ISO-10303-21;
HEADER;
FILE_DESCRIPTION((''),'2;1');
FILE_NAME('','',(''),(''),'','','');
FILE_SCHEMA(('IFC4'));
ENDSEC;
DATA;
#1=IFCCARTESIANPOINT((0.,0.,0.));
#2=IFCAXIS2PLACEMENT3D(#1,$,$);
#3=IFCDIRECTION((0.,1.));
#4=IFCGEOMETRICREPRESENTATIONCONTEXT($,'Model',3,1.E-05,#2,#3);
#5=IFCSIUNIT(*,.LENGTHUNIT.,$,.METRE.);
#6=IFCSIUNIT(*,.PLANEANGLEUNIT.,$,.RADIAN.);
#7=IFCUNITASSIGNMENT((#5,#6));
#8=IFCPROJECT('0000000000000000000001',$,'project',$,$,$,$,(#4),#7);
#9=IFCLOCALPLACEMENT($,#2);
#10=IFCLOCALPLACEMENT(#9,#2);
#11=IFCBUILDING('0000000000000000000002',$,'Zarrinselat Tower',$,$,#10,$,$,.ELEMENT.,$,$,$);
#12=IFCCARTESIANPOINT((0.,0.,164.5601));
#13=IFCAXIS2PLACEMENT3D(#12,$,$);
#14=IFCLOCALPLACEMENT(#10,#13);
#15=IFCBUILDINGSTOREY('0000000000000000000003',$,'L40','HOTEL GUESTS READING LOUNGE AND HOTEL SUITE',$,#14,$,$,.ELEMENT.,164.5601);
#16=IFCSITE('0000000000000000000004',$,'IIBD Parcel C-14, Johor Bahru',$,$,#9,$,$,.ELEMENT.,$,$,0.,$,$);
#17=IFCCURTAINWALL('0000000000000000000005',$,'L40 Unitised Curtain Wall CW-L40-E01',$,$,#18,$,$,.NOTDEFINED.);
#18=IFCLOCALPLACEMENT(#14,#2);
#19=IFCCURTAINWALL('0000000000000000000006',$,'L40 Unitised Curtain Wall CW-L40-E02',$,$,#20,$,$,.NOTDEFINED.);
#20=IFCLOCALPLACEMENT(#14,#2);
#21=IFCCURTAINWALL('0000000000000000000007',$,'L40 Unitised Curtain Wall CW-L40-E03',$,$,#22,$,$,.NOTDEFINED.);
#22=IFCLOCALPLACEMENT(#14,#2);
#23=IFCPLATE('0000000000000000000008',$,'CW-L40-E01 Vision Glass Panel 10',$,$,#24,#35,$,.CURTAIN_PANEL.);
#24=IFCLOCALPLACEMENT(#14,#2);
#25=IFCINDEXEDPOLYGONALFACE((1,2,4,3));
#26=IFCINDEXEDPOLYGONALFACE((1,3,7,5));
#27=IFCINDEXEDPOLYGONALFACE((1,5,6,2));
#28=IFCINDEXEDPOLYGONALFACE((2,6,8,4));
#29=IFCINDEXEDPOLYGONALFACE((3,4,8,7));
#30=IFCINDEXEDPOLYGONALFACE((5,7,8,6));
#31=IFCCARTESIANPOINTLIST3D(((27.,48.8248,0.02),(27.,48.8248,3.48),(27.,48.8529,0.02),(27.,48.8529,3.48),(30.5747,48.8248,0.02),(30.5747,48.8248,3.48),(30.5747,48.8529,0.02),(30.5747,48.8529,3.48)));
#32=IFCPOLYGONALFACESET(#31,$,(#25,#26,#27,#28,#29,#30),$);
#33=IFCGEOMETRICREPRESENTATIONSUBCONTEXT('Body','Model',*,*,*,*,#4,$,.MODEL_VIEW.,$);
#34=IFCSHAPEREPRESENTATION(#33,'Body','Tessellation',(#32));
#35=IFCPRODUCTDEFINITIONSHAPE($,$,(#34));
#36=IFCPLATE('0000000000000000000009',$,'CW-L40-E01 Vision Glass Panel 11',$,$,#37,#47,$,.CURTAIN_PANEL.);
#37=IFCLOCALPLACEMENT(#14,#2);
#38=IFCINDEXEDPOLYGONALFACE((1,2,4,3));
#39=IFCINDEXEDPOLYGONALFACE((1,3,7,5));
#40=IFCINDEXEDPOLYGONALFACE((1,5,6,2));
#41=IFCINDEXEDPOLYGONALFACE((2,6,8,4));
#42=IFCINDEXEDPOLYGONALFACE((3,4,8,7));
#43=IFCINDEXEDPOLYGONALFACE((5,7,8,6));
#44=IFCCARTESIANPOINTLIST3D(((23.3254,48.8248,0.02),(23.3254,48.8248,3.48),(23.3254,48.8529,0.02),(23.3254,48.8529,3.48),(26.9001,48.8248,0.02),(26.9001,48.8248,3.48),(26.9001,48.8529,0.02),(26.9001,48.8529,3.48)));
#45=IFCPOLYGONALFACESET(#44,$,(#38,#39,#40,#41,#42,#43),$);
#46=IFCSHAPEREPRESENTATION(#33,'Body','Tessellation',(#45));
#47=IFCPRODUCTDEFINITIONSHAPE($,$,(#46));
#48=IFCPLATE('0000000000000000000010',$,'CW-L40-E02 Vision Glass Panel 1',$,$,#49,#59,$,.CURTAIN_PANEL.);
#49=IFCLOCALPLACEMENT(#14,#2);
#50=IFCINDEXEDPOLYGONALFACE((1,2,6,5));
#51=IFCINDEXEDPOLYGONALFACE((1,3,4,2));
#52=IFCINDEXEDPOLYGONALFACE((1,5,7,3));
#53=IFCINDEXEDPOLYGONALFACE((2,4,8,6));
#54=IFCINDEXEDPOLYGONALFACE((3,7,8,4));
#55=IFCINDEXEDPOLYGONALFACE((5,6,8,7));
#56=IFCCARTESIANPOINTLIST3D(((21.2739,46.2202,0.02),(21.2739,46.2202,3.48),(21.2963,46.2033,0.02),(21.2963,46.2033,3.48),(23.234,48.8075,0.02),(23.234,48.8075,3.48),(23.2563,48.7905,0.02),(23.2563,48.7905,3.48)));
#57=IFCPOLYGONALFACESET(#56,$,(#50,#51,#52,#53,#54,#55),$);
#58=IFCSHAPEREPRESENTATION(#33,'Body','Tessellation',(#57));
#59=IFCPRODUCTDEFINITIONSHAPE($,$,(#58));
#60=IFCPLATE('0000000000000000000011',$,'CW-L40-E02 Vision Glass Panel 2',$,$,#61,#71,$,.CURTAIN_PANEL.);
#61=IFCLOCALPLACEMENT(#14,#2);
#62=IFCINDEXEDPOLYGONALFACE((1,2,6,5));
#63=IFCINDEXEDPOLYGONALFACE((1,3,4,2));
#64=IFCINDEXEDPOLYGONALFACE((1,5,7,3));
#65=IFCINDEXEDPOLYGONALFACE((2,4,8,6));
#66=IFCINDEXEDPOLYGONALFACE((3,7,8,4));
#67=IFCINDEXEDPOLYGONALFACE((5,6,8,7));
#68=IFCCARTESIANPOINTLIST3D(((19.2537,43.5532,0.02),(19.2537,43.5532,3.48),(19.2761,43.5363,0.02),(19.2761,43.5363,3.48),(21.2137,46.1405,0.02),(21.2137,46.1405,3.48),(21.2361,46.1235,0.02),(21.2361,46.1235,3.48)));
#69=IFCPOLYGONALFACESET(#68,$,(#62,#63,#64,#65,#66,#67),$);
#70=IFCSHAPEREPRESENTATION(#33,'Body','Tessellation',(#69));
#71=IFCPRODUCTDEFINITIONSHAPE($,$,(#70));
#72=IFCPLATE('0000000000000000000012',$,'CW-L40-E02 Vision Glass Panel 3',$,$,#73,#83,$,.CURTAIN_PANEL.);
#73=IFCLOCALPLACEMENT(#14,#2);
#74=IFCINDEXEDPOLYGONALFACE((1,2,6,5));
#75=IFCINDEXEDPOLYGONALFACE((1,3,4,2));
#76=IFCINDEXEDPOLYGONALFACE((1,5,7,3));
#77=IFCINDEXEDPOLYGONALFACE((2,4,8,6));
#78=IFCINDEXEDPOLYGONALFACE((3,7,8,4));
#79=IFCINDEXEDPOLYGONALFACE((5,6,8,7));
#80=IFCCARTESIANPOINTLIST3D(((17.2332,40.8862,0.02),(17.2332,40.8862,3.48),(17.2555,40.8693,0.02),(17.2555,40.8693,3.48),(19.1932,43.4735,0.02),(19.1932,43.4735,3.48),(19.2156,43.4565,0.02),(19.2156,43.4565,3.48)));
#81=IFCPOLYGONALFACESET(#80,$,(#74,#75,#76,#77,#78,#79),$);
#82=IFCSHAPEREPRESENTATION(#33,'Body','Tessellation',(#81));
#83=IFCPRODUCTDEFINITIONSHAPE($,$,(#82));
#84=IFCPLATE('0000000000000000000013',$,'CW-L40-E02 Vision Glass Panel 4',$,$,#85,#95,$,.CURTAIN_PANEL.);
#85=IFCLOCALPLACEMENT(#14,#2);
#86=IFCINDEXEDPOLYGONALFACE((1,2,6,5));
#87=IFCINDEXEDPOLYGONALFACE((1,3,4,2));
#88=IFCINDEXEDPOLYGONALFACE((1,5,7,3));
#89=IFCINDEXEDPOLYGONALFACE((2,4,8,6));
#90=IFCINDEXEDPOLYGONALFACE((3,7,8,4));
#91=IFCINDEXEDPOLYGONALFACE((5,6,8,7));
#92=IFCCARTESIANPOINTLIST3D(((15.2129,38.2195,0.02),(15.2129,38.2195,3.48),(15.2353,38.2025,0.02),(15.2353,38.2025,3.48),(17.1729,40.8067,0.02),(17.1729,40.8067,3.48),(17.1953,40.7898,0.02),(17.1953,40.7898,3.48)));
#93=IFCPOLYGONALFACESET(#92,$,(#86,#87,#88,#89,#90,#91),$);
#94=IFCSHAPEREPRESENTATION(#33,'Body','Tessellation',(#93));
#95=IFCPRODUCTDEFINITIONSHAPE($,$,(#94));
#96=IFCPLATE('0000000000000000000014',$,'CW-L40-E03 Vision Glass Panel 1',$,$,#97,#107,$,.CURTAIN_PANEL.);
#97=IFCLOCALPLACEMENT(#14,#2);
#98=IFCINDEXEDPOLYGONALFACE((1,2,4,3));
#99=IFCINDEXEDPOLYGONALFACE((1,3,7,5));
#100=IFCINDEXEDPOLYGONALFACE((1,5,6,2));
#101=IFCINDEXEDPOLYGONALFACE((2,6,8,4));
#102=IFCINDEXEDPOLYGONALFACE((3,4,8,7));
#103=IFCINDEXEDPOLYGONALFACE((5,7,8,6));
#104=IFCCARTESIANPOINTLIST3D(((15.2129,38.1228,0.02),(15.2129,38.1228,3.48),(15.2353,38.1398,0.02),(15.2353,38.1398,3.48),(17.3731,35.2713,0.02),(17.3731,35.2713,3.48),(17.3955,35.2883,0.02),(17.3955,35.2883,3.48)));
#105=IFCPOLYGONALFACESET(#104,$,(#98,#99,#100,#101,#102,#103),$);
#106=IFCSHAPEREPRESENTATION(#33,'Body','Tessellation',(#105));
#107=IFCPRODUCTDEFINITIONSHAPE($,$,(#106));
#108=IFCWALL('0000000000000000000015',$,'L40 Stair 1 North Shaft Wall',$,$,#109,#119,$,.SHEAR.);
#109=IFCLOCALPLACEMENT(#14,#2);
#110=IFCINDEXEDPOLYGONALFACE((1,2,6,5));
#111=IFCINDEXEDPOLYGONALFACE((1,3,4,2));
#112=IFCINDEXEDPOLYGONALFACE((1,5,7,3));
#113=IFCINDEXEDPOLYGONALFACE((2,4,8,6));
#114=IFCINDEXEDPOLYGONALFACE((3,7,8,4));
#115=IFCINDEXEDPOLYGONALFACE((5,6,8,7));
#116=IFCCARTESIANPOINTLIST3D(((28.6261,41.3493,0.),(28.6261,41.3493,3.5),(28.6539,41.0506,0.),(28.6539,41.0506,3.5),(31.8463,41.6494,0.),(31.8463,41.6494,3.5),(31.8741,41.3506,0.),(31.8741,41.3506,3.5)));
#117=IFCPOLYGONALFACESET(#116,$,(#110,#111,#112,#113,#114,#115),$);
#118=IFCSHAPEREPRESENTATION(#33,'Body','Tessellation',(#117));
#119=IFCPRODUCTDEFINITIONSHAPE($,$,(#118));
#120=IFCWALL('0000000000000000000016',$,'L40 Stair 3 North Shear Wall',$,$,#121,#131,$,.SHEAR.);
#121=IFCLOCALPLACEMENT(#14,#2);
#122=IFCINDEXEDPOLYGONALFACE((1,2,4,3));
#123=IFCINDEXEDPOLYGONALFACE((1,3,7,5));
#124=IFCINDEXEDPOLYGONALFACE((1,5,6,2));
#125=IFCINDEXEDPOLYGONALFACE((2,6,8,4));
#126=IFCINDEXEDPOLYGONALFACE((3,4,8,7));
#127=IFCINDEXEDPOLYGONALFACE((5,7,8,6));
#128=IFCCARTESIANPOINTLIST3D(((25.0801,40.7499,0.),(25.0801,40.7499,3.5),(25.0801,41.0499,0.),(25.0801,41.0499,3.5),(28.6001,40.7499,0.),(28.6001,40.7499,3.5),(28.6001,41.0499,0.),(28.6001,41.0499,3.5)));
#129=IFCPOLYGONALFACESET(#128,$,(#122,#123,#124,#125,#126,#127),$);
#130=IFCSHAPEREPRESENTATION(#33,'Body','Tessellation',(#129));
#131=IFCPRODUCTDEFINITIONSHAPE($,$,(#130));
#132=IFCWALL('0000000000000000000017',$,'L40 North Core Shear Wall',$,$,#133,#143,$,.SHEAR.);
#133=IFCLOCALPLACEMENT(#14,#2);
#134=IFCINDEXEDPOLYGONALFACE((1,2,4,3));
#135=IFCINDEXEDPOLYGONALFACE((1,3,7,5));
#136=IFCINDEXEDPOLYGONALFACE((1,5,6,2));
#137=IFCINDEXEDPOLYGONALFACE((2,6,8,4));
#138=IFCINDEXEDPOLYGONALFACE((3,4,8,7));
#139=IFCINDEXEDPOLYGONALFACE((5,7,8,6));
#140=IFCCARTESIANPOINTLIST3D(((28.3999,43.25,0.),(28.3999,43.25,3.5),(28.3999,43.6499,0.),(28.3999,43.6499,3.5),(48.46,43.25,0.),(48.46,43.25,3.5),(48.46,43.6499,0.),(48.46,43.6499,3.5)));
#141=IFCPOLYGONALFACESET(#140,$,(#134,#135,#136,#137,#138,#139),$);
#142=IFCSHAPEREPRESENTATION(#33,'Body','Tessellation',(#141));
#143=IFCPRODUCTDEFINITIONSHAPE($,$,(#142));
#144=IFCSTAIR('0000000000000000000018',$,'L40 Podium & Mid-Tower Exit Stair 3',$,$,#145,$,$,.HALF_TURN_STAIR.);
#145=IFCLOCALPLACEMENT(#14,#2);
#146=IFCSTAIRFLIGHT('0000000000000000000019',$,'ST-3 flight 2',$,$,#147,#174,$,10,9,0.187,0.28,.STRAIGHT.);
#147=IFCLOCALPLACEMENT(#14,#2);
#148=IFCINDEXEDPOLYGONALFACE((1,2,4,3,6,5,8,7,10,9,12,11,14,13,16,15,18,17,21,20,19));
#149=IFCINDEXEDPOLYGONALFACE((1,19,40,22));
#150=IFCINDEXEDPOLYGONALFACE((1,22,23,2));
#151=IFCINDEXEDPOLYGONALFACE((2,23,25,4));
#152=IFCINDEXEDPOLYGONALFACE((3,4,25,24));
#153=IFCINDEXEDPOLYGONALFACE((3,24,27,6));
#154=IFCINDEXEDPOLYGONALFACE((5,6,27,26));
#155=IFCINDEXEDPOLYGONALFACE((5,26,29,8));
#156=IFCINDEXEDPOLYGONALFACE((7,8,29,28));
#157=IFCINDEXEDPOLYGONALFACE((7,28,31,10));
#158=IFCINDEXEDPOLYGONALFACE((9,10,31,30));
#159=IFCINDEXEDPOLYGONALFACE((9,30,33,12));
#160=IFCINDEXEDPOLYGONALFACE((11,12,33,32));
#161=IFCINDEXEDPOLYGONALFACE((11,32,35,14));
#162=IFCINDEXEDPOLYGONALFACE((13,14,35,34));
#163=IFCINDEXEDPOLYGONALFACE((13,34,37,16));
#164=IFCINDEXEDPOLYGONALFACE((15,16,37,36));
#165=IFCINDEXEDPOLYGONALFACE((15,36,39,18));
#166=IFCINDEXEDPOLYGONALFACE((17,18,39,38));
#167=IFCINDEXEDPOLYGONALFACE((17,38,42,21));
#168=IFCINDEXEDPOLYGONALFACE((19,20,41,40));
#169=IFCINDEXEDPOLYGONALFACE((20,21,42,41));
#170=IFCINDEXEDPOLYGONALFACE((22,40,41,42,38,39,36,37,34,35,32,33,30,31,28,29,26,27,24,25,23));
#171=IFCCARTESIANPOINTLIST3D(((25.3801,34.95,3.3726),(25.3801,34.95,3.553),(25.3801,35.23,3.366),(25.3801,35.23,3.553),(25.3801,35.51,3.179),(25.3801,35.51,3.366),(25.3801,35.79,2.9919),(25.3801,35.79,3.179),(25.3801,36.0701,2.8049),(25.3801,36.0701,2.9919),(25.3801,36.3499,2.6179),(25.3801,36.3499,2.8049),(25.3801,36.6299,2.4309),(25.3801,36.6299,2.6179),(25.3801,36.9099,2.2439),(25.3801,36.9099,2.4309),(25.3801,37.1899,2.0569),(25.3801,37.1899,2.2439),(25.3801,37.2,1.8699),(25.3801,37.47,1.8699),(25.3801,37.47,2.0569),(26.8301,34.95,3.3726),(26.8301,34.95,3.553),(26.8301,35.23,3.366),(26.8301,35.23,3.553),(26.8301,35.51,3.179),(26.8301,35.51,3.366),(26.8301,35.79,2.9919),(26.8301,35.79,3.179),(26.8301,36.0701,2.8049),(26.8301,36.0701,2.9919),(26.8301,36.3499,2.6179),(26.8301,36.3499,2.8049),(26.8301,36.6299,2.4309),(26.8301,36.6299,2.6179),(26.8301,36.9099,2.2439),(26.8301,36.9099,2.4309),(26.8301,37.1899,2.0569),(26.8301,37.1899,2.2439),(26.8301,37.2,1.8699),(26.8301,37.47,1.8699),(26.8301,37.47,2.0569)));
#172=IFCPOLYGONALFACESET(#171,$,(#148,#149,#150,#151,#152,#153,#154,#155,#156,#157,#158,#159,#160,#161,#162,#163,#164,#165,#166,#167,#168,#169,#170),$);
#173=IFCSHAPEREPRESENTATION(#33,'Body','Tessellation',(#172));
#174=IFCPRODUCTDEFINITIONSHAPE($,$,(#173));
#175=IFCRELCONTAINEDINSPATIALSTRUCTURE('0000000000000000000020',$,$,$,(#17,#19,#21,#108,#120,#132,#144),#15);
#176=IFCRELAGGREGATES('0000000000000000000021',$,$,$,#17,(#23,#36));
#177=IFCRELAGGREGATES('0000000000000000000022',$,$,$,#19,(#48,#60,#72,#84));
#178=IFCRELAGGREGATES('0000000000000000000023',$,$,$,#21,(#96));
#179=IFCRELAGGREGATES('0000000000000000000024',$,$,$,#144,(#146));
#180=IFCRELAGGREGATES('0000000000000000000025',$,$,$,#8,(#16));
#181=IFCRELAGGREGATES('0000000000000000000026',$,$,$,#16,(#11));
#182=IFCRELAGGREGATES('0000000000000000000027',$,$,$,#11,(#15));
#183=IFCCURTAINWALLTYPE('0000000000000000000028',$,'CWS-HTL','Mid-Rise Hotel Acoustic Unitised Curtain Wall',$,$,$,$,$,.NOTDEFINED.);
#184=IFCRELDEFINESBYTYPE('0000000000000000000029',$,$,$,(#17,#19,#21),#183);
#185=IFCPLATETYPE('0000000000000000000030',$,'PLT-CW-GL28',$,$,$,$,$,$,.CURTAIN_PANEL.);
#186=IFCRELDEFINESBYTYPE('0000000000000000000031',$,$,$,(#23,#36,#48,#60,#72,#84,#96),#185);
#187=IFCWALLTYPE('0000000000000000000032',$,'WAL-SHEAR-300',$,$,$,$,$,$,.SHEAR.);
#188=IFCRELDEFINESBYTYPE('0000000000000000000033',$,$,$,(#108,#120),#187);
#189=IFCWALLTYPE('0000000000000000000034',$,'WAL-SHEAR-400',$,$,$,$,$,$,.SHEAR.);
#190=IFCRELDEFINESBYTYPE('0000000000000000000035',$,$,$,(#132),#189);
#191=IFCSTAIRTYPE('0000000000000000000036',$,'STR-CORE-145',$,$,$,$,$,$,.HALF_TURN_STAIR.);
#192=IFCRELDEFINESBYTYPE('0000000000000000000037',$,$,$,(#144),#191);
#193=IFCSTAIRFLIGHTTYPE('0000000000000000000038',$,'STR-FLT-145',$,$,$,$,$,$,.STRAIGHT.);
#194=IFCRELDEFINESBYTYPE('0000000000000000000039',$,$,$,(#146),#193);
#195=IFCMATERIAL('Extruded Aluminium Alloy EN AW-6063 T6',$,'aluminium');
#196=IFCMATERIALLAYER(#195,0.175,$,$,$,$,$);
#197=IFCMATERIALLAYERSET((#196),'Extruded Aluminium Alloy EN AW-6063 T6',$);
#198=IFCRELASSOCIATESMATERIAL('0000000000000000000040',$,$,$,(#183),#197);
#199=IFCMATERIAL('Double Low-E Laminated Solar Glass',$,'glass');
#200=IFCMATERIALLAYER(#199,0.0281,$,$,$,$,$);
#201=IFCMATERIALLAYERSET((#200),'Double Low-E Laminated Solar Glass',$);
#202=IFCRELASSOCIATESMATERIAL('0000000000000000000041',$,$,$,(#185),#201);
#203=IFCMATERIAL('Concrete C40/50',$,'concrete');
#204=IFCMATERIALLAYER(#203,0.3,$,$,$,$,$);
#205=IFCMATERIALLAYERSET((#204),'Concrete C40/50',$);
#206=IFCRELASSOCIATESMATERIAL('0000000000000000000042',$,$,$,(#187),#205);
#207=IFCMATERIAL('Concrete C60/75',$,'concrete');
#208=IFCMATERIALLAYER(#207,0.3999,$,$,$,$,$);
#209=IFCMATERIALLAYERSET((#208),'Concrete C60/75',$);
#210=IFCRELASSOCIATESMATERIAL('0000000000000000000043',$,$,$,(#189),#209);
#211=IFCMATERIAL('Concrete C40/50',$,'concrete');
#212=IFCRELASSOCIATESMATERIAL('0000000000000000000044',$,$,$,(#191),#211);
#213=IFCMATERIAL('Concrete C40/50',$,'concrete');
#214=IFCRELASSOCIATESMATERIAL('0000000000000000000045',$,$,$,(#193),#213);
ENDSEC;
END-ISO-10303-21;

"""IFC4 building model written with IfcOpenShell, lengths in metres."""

from ifc_helpers import new_model, si_unit, direction, frame, frame_2d, origin, origin_2d, place, context, subcontext, project, spatial, polyline, rectangle, outline, extrude, material, layer, layer_set, type_object, element, aggregate, save


model = new_model("IFC4")

# Units and contexts
model_context = context("Model", 3, precision=1e-05, world=origin(), true_north=direction((0.0, 1.0)))
body_context = subcontext(model_context, "Body", "Model", "MODEL_VIEW")
ifc_project = project(units=[si_unit("LENGTHUNIT", "METRE"), si_unit("PLANEANGLEUNIT", "RADIAN")], contexts=[model_context])

# Site, building, storey
site_placement = place(None, origin())
site = spatial("IfcSite", under=ifc_project, at=site_placement, Name="IIBD Parcel C-14, Johor Bahru", CompositionType="ELEMENT", RefElevation=0.0)
building_placement = place(site_placement, origin())
building = spatial("IfcBuilding", under=site, at=building_placement, Name="Zarrinselat Tower", CompositionType="ELEMENT")
storey_placement = place(building_placement, frame((0.0, 0.0, 164.5601)))
storey = spatial("IfcBuildingStorey", under=building, at=storey_placement, Name="L40", Description="HOTEL GUESTS READING LOUNGE AND HOTEL SUITE", CompositionType="ELEMENT", Elevation=164.5601)

# Curtain walls
ifc_material_1 = material(Name="Extruded Aluminium Alloy EN AW-6063 T6", Category="aluminium")
ifc_layer_1 = layer(ifc_material_1, 0.175)
ifc_layer_set_1 = layer_set([ifc_layer_1], Name="Extruded Aluminium Alloy EN AW-6063 T6")
curtain_wall_type = type_object("IfcCurtainWallType", Name="CWS-HTL", Description="Mid-Rise Hotel Acoustic Unitised Curtain Wall", PredefinedType="NOTDEFINED", material=ifc_layer_set_1)
curtain_wall_1_placement = place(storey_placement, origin())
curtain_wall_1 = element("IfcCurtainWall", 1, at=curtain_wall_1_placement, inside=storey, type_object=curtain_wall_type, Name="L40 Unitised Curtain Wall CW-L40-E01", PredefinedType="NOTDEFINED")
curtain_wall_2_placement = place(storey_placement, origin())
curtain_wall_2 = element("IfcCurtainWall", 2, at=curtain_wall_2_placement, inside=storey, type_object=curtain_wall_type, Name="L40 Unitised Curtain Wall CW-L40-E02", PredefinedType="NOTDEFINED")

# Curtain wall
curtain_wall_3_placement = place(storey_placement, origin())
curtain_wall_3 = element("IfcCurtainWall", 3, at=curtain_wall_3_placement, inside=storey, type_object=curtain_wall_type, Name="L40 Unitised Curtain Wall CW-L40-E03", PredefinedType="NOTDEFINED")

# Plates
ifc_material_2 = material(Name="Double Low-E Laminated Solar Glass", Category="glass")
ifc_layer_2 = layer(ifc_material_2, 0.0281)
ifc_layer_set_2 = layer_set([ifc_layer_2], Name="Double Low-E Laminated Solar Glass")
plate_type = type_object("IfcPlateType", Name="PLT-CW-GL28", PredefinedType="CURTAIN_PANEL", material=ifc_layer_set_2)
plate_1_placement = place(storey_placement, frame((28.7874, 48.8389, 0.02), z_axis=(0.0, 0.0, 1.0), x_axis=(-1.0, 0.0, 0.0)))
plate_1 = element("IfcPlate", 4, at=plate_1_placement, type_object=plate_type, Name="CW-L40-E01 Vision Glass Panel 10", PredefinedType="CURTAIN_PANEL", context=body_context, shape_type="SweptSolid", body=[
    extrude(rectangle(XDim=3.5747, YDim=0.0281, at=origin_2d()), origin(), (0.0, 0.0, 1.0), 3.46),
])
plate_2_placement = place(storey_placement, frame((25.1128, 48.8389, 0.02), z_axis=(0.0, 0.0, 1.0), x_axis=(-1.0, 0.0, 0.0)))
plate_2 = element("IfcPlate", 5, at=plate_2_placement, type_object=plate_type, Name="CW-L40-E01 Vision Glass Panel 11", PredefinedType="CURTAIN_PANEL", context=body_context, shape_type="SweptSolid", body=[
    extrude(rectangle(XDim=3.5747, YDim=0.0281, at=origin_2d()), origin(), (0.0, 0.0, 1.0), 3.46),
])
aggregate(curtain_wall_1, [plate_1, plate_2])
plate_3_placement = place(storey_placement, frame((22.2651, 47.5054, 0.02), z_axis=(0.0, 0.0, 1.0), x_axis=(-0.603855, -0.797095, 0.0)))
plate_3 = element("IfcPlate", 6, at=plate_3_placement, type_object=plate_type, Name="CW-L40-E02 Vision Glass Panel 1", PredefinedType="CURTAIN_PANEL", context=body_context, shape_type="SweptSolid", body=[
    extrude(rectangle(XDim=3.2458, YDim=0.0281, at=origin_2d()), origin(), (0.0, 0.0, 1.0), 3.46),
])
plate_4_placement = place(storey_placement, frame((20.2449, 44.8384, 0.02), z_axis=(0.0, 0.0, 1.0), x_axis=(-0.603855, -0.797095, 0.0)))
plate_4 = element("IfcPlate", 7, at=plate_4_placement, type_object=plate_type, Name="CW-L40-E02 Vision Glass Panel 2", PredefinedType="CURTAIN_PANEL", context=body_context, shape_type="SweptSolid", body=[
    extrude(rectangle(XDim=3.2458, YDim=0.0281, at=origin_2d()), origin(), (0.0, 0.0, 1.0), 3.46),
])
plate_5_placement = place(storey_placement, frame((18.2244, 42.1714, 0.02), z_axis=(0.0, 0.0, 1.0), x_axis=(-0.603855, -0.797095, 0.0)))
plate_5 = element("IfcPlate", 8, at=plate_5_placement, type_object=plate_type, Name="CW-L40-E02 Vision Glass Panel 3", PredefinedType="CURTAIN_PANEL", context=body_context, shape_type="SweptSolid", body=[
    extrude(rectangle(XDim=3.2458, YDim=0.0281, at=origin_2d()), origin(), (0.0, 0.0, 1.0), 3.46),
])
plate_6_placement = place(storey_placement, frame((16.2041, 39.5046, 0.02), z_axis=(0.0, 0.0, 1.0), x_axis=(-0.603855, -0.797095, 0.0)))
plate_6 = element("IfcPlate", 9, at=plate_6_placement, type_object=plate_type, Name="CW-L40-E02 Vision Glass Panel 4", PredefinedType="CURTAIN_PANEL", context=body_context, shape_type="SweptSolid", body=[
    extrude(rectangle(XDim=3.2458, YDim=0.0281, at=origin_2d()), origin(), (0.0, 0.0, 1.0), 3.46),
])
aggregate(curtain_wall_2, [plate_3, plate_4, plate_5, plate_6])
plate_7_placement = place(storey_placement, frame((16.3042, 36.7056, 0.02), z_axis=(0.0, 0.0, 1.0), x_axis=(0.603858, -0.797092, 0.0)))
plate_7 = element("IfcPlate", 10, at=plate_7_placement, type_object=plate_type, Name="CW-L40-E03 Vision Glass Panel 1", PredefinedType="CURTAIN_PANEL", context=body_context, shape_type="SweptSolid", body=[
    extrude(rectangle(XDim=3.5774, YDim=0.0281, at=origin_2d()), origin(), (0.0, 0.0, 1.0), 3.46),
])
aggregate(curtain_wall_3, [plate_7])

# Walls
ifc_material_3 = material(Name="Concrete C40/50", Category="concrete")
ifc_layer_3 = layer(ifc_material_3, 0.3)
ifc_layer_set_3 = layer_set([ifc_layer_3], Name="Concrete C40/50")
wall_type_1 = type_object("IfcWallType", Name="WAL-SHEAR-300", PredefinedType="SHEAR", material=ifc_layer_set_3)
wall_1_placement = place(storey_placement, frame((28.6399, 41.2, 0.0), z_axis=(0.0, 0.0, 1.0), x_axis=(0.995687, 0.092775, 0.0)))
element("IfcWall", 11, at=wall_1_placement, inside=storey, type_object=wall_type_1, Name="L40 Stair 1 North Shaft Wall", PredefinedType="SHEAR", context=body_context, shape_type="SweptSolid", body=[
    extrude(rectangle(XDim=3.2341, YDim=0.3, at=frame_2d((1.6172, 0.0))), origin(), (0.0, 0.0, 1.0), 3.5),
])
wall_2_placement = place(storey_placement, frame((25.0801, 40.8999, 0.0), z_axis=(0.0, 0.0, 1.0), x_axis=(1.0, 0.0, 0.0)))
element("IfcWall", 12, at=wall_2_placement, inside=storey, type_object=wall_type_1, Name="L40 Stair 3 North Shear Wall", PredefinedType="SHEAR", context=body_context, shape_type="SweptSolid", body=[
    extrude(rectangle(XDim=3.52, YDim=0.3, at=frame_2d((1.76, 0.0))), origin(), (0.0, 0.0, 1.0), 3.5),
])
ifc_material_4 = material(Name="Concrete C60/75", Category="concrete")
ifc_layer_4 = layer(ifc_material_4, 0.3999)
ifc_layer_set_4 = layer_set([ifc_layer_4], Name="Concrete C60/75")
wall_type_2 = type_object("IfcWallType", Name="WAL-SHEAR-400", PredefinedType="SHEAR", material=ifc_layer_set_4)
wall_3_placement = place(storey_placement, frame((28.3999, 43.45, 0.0), z_axis=(0.0, 0.0, 1.0), x_axis=(1.0, 0.0, 0.0)))
element("IfcWall", 13, at=wall_3_placement, inside=storey, type_object=wall_type_2, Name="L40 North Core Shear Wall", PredefinedType="SHEAR", context=body_context, shape_type="SweptSolid", body=[
    extrude(rectangle(XDim=20.0601, YDim=0.3999, at=frame_2d((10.03, 0.0))), origin(), (0.0, 0.0, 1.0), 3.5),
])

# Stair, stair flight
ifc_material_5 = material(Name="Concrete C40/50", Category="concrete")
stair_type = type_object("IfcStairType", Name="STR-CORE-145", PredefinedType="HALF_TURN_STAIR", material=ifc_material_5)
stair_placement = place(storey_placement, origin())
stair = element("IfcStair", 14, at=stair_placement, inside=storey, type_object=stair_type, Name="L40 Podium & Mid-Tower Exit Stair 3", PredefinedType="HALF_TURN_STAIR")
ifc_material_6 = material(Name="Concrete C40/50", Category="concrete")
stair_flight_type = type_object("IfcStairFlightType", Name="STR-FLT-145", PredefinedType="STRAIGHT", material=ifc_material_6)
stair_flight_placement = place(storey_placement, frame((26.105, 37.47, 1.8699), z_axis=(0.0, 0.0, 1.0), x_axis=(0.0, -1.0, 0.0)))
stair_flight = element("IfcStairFlight", 15, at=stair_flight_placement, type_object=stair_flight_type, Name="ST-3 flight 2", NumberOfRisers=10, NumberOfTreads=9, PredefinedType="STRAIGHT", RiserHeight=0.187, TreadLength=0.28, context=body_context, shape_type="SweptSolid", body=[
    extrude(outline(polyline([(0.0, 0.0), (0.0, 0.187), (0.28, 0.187), (0.28, 0.374), (0.5601, 0.374), (0.5601, 0.561), (0.8401, 0.561), (0.8401, 0.748), (1.1201, 0.748), (1.1201, 0.9351), (1.3999, 0.9351), (1.3999, 1.1221), (1.6799, 1.1221), (1.6799, 1.3091), (1.96, 1.3091), (1.96, 1.4961), (2.24, 1.4961), (2.24, 1.6831), (2.52, 1.6831), (2.52, 1.8701), (2.52, 1.5027), (0.27, 0.0), (0.0, 0.0)])), frame((0.0, 0.7251, 0.0), z_axis=(0.0, -1.0, 0.0), x_axis=(1.0, 0.0, 0.0)), (0.0, 0.0, 1.0), 1.45),
])
aggregate(stair, [stair_flight])

save(model, "model.ifc")
